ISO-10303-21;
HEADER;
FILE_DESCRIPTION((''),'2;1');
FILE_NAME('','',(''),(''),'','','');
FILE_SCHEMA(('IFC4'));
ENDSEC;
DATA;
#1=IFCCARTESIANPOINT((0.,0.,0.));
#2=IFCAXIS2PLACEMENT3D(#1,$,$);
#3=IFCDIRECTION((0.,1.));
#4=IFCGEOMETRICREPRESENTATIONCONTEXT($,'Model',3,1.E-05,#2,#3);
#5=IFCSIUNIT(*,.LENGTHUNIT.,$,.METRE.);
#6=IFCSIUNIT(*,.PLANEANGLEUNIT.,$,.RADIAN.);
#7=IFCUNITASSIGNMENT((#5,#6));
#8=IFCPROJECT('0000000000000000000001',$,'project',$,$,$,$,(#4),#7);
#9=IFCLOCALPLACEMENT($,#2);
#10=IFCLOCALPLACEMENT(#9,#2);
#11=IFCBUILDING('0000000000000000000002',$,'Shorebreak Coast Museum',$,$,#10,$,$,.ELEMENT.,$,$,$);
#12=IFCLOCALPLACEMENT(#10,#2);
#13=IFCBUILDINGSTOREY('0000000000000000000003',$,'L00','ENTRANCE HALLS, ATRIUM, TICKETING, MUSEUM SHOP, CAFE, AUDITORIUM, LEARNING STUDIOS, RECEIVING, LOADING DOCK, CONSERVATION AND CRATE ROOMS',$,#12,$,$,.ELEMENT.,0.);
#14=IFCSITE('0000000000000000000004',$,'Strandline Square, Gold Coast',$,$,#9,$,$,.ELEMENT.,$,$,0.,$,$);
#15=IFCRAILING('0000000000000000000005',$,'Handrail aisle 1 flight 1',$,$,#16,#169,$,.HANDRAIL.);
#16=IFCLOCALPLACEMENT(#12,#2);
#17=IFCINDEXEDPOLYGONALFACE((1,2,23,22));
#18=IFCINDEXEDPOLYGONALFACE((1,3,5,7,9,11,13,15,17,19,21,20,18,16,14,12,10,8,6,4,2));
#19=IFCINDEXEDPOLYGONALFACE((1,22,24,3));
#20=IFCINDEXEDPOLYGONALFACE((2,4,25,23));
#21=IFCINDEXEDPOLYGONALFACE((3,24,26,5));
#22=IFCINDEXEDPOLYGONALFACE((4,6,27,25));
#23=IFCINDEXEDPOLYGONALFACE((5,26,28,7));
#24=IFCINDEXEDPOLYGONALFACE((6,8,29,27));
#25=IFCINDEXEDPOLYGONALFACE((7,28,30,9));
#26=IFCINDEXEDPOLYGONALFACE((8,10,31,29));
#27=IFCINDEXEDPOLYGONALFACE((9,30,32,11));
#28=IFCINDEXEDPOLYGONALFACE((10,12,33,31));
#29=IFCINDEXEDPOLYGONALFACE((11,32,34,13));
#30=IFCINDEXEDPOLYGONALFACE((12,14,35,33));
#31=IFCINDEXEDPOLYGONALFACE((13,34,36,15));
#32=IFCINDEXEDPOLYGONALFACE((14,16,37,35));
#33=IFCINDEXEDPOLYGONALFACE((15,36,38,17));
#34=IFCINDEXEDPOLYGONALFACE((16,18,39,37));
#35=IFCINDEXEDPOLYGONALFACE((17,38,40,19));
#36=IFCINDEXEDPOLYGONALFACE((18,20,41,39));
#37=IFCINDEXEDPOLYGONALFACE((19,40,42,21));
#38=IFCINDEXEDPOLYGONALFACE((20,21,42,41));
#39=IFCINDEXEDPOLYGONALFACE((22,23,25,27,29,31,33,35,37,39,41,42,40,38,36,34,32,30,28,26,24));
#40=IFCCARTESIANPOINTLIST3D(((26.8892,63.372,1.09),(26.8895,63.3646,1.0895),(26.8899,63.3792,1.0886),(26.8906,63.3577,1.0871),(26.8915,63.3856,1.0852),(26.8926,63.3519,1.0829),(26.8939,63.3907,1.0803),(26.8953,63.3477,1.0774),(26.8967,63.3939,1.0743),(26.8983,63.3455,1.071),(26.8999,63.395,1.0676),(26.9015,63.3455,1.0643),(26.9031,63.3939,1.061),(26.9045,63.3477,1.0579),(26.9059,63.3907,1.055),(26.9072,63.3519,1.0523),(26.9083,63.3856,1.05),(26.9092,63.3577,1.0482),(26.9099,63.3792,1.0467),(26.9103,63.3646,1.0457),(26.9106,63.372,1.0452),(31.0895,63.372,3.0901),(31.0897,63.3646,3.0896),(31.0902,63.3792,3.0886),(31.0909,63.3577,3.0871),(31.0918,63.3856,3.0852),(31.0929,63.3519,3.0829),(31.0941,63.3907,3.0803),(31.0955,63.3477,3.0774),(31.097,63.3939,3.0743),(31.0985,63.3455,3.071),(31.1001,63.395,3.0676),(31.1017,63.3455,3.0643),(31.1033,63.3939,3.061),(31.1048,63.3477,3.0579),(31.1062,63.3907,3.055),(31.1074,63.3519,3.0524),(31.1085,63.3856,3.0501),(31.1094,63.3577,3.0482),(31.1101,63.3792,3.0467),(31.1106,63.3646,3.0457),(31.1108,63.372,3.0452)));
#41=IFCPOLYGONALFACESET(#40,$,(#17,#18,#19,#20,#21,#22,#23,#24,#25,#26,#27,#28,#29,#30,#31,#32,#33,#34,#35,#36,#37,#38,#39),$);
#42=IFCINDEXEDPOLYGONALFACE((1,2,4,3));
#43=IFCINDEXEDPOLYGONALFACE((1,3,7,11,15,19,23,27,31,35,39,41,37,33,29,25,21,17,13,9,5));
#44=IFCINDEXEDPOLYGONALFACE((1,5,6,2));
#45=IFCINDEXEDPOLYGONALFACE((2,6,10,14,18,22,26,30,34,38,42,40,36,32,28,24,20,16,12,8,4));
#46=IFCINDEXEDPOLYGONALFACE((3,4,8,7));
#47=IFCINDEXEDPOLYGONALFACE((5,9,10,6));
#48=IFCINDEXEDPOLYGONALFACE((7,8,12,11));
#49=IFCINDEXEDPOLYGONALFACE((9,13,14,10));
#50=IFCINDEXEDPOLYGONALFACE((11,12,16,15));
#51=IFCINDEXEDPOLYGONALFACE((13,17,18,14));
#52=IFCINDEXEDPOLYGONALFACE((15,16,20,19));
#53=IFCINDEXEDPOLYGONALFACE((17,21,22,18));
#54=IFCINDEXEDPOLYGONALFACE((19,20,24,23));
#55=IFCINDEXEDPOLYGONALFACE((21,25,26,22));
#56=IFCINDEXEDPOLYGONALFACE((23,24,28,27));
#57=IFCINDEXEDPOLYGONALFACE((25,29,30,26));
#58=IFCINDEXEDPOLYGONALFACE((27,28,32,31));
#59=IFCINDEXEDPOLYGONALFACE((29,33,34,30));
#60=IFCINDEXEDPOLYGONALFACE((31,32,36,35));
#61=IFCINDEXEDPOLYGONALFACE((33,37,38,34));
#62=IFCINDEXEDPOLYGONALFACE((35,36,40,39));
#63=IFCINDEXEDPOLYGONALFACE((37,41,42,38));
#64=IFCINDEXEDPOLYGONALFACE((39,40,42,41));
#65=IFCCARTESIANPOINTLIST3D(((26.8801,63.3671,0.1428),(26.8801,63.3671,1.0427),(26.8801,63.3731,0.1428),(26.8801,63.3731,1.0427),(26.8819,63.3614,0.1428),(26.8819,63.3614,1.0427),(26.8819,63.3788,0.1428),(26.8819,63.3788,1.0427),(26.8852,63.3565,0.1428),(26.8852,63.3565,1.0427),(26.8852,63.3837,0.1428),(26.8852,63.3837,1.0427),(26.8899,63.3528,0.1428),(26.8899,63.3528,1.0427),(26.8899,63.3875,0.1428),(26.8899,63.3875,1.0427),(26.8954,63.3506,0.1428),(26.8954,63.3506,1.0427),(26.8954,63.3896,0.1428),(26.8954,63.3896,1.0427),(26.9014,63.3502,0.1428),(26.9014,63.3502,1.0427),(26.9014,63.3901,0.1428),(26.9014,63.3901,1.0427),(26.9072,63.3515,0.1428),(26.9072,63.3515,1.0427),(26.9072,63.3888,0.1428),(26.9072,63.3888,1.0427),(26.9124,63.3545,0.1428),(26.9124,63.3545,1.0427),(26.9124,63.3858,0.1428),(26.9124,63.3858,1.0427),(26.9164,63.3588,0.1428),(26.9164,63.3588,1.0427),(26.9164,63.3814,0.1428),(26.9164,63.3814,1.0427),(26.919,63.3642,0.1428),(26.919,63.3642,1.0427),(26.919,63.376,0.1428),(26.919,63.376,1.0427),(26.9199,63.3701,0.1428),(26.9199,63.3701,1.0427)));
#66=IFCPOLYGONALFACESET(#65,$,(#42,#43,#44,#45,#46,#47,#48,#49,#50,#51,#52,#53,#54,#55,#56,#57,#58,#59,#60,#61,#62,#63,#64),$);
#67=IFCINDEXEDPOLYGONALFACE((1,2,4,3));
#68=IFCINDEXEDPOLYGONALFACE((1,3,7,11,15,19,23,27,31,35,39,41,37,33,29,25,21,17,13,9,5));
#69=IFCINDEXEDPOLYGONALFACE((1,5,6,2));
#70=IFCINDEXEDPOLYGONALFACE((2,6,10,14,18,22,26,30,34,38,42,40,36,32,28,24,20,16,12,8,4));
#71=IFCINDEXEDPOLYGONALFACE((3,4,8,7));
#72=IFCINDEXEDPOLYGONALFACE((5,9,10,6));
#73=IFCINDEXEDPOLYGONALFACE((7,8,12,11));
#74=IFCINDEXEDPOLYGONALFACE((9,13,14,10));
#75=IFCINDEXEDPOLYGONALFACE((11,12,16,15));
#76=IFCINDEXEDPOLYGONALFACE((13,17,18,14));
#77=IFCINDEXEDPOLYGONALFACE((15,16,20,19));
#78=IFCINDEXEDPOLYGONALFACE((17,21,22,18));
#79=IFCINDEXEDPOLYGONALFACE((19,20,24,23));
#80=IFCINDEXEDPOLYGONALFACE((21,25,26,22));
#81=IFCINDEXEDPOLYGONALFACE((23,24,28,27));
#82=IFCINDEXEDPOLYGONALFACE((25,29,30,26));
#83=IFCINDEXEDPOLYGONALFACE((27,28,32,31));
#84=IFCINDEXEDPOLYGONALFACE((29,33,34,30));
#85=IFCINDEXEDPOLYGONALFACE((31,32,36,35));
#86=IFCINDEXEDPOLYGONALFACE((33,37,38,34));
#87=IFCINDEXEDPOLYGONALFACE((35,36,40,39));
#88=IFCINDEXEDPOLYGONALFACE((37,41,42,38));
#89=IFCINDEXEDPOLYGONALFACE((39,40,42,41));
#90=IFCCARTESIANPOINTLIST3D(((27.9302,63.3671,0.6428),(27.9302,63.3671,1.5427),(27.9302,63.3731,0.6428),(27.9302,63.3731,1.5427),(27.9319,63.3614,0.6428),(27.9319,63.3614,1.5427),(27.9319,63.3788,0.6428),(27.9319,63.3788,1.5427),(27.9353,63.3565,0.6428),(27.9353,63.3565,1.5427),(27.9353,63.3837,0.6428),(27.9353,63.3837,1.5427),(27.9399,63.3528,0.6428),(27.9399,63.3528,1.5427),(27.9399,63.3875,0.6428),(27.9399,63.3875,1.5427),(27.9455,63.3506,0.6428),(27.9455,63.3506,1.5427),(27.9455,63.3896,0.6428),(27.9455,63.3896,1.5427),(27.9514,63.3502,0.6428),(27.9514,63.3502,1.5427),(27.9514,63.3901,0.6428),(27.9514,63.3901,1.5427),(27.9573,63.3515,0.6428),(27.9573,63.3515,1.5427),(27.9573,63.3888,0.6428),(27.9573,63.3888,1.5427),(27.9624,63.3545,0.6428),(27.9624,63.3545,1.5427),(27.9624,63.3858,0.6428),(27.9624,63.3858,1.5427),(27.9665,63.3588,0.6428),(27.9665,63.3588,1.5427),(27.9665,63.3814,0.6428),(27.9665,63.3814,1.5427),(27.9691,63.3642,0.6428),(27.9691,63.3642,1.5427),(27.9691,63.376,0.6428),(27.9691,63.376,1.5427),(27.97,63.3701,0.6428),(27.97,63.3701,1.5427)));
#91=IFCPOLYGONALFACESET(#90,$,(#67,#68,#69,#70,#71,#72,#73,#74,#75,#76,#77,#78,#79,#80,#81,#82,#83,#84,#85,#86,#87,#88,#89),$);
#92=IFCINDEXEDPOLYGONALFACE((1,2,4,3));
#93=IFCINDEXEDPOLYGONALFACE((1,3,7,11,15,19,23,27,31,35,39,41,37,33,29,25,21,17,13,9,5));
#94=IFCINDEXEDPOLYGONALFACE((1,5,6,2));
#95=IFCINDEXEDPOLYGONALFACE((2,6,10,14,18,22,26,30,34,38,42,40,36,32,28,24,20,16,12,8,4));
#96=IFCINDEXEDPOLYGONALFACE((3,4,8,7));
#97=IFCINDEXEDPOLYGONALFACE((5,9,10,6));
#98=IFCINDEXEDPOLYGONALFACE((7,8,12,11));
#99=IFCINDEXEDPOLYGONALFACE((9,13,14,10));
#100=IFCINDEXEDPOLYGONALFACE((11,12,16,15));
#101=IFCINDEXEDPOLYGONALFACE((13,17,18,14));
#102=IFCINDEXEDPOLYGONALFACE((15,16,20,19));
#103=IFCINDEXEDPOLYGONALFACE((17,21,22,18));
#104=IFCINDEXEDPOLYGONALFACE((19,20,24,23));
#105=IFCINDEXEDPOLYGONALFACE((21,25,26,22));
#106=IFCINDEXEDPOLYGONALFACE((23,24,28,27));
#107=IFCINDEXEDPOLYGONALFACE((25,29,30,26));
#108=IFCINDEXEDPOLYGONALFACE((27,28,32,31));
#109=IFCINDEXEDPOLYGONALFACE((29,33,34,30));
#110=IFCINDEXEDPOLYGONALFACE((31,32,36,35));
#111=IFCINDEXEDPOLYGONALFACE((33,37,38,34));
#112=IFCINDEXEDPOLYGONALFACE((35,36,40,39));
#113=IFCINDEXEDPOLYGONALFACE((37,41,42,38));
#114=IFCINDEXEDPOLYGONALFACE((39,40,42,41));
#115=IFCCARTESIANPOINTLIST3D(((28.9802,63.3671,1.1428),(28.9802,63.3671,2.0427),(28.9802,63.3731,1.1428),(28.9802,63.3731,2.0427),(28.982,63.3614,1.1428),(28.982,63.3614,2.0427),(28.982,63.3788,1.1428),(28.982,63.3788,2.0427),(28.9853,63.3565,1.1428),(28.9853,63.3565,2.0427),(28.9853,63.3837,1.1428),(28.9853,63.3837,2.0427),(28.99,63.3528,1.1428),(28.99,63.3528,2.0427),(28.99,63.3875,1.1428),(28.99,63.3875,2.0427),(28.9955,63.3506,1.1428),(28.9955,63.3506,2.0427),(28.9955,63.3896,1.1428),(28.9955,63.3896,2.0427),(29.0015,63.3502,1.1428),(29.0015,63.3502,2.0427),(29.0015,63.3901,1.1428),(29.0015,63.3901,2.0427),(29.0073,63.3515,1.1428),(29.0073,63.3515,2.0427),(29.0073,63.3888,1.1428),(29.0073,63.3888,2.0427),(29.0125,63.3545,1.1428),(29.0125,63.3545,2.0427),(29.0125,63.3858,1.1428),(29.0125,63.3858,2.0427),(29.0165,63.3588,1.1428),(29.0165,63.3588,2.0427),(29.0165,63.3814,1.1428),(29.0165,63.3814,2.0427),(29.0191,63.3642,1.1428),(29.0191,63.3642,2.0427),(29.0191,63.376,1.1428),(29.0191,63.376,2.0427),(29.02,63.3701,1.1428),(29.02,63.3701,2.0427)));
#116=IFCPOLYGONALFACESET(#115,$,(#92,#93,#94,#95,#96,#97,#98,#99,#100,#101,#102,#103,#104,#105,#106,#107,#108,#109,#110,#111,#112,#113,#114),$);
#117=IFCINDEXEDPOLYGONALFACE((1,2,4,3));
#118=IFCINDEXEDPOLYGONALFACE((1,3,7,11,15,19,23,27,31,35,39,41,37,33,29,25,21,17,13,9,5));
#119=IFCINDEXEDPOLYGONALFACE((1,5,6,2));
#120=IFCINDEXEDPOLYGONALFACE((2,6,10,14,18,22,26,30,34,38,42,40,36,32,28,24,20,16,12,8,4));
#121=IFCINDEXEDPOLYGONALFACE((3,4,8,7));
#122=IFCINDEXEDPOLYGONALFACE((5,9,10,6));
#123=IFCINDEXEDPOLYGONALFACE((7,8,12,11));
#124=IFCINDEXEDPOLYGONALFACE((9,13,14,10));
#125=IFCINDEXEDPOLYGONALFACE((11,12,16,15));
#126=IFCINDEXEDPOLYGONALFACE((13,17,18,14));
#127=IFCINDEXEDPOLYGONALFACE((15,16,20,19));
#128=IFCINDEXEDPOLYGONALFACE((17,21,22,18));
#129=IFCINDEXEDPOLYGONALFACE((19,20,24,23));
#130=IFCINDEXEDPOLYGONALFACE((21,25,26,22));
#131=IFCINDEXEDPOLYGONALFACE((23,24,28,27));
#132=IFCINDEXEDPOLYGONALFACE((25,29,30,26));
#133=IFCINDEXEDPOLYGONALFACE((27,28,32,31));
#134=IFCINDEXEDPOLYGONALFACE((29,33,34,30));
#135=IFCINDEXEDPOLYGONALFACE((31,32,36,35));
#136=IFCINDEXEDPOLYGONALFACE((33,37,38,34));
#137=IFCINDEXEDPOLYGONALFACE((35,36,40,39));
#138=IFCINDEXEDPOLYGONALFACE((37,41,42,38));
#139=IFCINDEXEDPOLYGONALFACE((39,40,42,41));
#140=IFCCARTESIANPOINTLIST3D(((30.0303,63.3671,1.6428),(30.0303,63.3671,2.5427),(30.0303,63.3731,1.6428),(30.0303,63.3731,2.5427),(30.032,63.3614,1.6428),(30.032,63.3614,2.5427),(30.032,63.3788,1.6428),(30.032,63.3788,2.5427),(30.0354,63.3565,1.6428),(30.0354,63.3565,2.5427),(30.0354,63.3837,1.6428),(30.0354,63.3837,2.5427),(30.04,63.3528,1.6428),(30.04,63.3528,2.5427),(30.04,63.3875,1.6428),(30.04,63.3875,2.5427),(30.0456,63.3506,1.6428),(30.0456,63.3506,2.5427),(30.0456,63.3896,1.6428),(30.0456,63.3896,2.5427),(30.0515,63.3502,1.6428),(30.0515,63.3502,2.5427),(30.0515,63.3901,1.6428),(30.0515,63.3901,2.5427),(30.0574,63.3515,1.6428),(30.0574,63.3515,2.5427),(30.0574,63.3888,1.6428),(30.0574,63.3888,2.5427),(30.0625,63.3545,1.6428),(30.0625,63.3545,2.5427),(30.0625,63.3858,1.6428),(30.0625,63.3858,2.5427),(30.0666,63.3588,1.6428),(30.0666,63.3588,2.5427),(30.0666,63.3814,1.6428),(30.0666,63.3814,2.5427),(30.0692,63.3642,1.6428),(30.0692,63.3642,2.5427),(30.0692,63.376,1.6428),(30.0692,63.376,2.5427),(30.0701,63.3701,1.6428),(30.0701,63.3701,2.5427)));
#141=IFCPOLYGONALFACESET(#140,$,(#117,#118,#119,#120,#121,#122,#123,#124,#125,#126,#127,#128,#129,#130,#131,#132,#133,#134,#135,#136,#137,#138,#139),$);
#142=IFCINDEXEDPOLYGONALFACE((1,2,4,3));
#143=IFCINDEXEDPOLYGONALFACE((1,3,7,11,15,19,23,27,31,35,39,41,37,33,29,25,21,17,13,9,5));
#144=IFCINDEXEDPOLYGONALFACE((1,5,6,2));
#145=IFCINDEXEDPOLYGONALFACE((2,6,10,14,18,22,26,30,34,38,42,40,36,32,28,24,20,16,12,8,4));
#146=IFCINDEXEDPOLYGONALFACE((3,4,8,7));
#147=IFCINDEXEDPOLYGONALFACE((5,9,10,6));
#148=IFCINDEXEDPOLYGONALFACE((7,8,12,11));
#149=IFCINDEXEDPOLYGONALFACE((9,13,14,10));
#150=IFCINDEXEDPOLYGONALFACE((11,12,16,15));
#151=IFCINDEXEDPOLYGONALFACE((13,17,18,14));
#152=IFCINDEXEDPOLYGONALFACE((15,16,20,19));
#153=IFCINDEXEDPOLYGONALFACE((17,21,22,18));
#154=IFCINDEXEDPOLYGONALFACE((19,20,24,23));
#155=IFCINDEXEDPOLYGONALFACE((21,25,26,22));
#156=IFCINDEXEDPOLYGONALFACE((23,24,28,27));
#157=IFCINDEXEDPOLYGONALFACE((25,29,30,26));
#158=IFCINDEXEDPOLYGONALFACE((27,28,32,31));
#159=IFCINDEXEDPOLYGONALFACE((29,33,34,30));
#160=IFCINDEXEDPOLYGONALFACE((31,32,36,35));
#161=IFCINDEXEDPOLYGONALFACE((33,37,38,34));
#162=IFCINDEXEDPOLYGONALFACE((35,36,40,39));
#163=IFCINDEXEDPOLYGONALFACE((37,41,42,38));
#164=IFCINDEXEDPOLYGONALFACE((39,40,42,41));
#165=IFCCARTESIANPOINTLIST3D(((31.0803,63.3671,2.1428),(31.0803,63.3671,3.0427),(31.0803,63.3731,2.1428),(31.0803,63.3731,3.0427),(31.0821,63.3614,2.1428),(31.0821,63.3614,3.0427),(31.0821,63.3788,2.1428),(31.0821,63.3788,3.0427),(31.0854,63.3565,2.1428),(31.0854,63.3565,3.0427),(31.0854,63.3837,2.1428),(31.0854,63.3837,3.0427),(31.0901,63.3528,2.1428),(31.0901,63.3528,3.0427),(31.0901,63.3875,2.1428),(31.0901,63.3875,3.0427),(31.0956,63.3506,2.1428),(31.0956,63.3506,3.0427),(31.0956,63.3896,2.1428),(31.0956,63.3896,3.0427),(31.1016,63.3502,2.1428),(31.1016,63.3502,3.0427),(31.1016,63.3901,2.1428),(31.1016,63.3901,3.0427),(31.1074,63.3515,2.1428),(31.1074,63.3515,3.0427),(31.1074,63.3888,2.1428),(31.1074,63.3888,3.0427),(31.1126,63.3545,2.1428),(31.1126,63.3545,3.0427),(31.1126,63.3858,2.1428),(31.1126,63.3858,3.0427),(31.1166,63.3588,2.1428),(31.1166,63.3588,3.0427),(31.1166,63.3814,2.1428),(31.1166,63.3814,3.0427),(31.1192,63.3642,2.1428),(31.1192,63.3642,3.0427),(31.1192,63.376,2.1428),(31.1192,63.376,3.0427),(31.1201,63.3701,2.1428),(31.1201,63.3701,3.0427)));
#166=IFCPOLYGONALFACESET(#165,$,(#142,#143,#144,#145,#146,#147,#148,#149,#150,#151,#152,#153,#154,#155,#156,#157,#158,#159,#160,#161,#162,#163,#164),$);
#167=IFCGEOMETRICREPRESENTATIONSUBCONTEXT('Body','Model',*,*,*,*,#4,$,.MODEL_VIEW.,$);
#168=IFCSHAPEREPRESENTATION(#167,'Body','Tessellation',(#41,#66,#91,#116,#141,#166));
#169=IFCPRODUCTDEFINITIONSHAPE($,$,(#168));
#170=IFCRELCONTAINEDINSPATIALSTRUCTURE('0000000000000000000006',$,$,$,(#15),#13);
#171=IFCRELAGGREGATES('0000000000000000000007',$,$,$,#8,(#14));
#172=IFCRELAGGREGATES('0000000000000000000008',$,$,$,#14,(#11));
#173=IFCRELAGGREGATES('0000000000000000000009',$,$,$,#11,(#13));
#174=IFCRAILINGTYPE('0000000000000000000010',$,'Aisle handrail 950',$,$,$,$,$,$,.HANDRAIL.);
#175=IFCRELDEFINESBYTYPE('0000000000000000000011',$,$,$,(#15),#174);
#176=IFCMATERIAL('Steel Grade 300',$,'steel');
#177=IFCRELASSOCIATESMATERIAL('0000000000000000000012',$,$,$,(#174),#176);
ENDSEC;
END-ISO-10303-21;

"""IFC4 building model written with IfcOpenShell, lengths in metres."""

from ifc_helpers import new_model, si_unit, direction, frame, origin, origin_2d, place, context, subcontext, project, spatial, circle, extrude, material, type_object, element, save


model = new_model("IFC4")

# Units and contexts
model_context = context("Model", 3, precision=1e-05, world=origin(), true_north=direction((0.0, 1.0)))
body_context = subcontext(model_context, "Body", "Model", "MODEL_VIEW")
ifc_project = project(units=[si_unit("LENGTHUNIT", "METRE"), si_unit("PLANEANGLEUNIT", "RADIAN")], contexts=[model_context])

# Site, building, storey
site_placement = place(None, origin())
site = spatial("IfcSite", under=ifc_project, at=site_placement, Name="Strandline Square, Gold Coast", CompositionType="ELEMENT", RefElevation=0.0)
building_placement = place(site_placement, origin())
building = spatial("IfcBuilding", under=site, at=building_placement, Name="Shorebreak Coast Museum", CompositionType="ELEMENT")
storey_placement = place(building_placement, origin())
storey = spatial("IfcBuildingStorey", under=building, at=storey_placement, Name="L00", Description="ENTRANCE HALLS, ATRIUM, TICKETING, MUSEUM SHOP, CAFE, AUDITORIUM, LEARNING STUDIOS, RECEIVING, LOADING DOCK, CONSERVATION AND CRATE ROOMS", CompositionType="ELEMENT", Elevation=0.0)

# Railing
ifc_material_1 = material(Name="Steel Grade 300", Category="steel")
railing_type_1 = type_object("IfcRailingType", Name="Aisle handrail 950", PredefinedType="HANDRAIL", material=ifc_material_1)
railing_1_placement = place(storey_placement, frame((26.8999, 63.3701, 0.1428)))
element("IfcRailing", 1, at=railing_1_placement, inside=storey, type_object=railing_type_1, Name="Handrail aisle 1 flight 1", PredefinedType="HANDRAIL", context=body_context, shape_type="SweptSolid", body=[
    extrude(circle(Radius=0.0249, at=origin_2d()), frame((0.0, 0.0, 0.9248), z_axis=(0.902868, 0.0, 0.429917), x_axis=(0.0, 1.0, 0.0)), (0.0, 0.0, 1.0), 4.6521),
    extrude(circle(Radius=0.02, at=origin_2d()), origin(), (0.0, 0.0, 1.0), 0.8999),
    extrude(circle(Radius=0.02, at=origin_2d()), frame((1.05, 0.0, 0.5)), (0.0, 0.0, 1.0), 0.8999),
    extrude(circle(Radius=0.02, at=origin_2d()), frame((2.1001, 0.0, 1.0)), (0.0, 0.0, 1.0), 0.8999),
    extrude(circle(Radius=0.02, at=origin_2d()), frame((3.1501, 0.0, 1.5)), (0.0, 0.0, 1.0), 0.8999),
    extrude(circle(Radius=0.02, at=origin_2d()), frame((4.2002, 0.0, 2.0)), (0.0, 0.0, 1.0), 0.8999),
])

save(model, "model.ifc")
